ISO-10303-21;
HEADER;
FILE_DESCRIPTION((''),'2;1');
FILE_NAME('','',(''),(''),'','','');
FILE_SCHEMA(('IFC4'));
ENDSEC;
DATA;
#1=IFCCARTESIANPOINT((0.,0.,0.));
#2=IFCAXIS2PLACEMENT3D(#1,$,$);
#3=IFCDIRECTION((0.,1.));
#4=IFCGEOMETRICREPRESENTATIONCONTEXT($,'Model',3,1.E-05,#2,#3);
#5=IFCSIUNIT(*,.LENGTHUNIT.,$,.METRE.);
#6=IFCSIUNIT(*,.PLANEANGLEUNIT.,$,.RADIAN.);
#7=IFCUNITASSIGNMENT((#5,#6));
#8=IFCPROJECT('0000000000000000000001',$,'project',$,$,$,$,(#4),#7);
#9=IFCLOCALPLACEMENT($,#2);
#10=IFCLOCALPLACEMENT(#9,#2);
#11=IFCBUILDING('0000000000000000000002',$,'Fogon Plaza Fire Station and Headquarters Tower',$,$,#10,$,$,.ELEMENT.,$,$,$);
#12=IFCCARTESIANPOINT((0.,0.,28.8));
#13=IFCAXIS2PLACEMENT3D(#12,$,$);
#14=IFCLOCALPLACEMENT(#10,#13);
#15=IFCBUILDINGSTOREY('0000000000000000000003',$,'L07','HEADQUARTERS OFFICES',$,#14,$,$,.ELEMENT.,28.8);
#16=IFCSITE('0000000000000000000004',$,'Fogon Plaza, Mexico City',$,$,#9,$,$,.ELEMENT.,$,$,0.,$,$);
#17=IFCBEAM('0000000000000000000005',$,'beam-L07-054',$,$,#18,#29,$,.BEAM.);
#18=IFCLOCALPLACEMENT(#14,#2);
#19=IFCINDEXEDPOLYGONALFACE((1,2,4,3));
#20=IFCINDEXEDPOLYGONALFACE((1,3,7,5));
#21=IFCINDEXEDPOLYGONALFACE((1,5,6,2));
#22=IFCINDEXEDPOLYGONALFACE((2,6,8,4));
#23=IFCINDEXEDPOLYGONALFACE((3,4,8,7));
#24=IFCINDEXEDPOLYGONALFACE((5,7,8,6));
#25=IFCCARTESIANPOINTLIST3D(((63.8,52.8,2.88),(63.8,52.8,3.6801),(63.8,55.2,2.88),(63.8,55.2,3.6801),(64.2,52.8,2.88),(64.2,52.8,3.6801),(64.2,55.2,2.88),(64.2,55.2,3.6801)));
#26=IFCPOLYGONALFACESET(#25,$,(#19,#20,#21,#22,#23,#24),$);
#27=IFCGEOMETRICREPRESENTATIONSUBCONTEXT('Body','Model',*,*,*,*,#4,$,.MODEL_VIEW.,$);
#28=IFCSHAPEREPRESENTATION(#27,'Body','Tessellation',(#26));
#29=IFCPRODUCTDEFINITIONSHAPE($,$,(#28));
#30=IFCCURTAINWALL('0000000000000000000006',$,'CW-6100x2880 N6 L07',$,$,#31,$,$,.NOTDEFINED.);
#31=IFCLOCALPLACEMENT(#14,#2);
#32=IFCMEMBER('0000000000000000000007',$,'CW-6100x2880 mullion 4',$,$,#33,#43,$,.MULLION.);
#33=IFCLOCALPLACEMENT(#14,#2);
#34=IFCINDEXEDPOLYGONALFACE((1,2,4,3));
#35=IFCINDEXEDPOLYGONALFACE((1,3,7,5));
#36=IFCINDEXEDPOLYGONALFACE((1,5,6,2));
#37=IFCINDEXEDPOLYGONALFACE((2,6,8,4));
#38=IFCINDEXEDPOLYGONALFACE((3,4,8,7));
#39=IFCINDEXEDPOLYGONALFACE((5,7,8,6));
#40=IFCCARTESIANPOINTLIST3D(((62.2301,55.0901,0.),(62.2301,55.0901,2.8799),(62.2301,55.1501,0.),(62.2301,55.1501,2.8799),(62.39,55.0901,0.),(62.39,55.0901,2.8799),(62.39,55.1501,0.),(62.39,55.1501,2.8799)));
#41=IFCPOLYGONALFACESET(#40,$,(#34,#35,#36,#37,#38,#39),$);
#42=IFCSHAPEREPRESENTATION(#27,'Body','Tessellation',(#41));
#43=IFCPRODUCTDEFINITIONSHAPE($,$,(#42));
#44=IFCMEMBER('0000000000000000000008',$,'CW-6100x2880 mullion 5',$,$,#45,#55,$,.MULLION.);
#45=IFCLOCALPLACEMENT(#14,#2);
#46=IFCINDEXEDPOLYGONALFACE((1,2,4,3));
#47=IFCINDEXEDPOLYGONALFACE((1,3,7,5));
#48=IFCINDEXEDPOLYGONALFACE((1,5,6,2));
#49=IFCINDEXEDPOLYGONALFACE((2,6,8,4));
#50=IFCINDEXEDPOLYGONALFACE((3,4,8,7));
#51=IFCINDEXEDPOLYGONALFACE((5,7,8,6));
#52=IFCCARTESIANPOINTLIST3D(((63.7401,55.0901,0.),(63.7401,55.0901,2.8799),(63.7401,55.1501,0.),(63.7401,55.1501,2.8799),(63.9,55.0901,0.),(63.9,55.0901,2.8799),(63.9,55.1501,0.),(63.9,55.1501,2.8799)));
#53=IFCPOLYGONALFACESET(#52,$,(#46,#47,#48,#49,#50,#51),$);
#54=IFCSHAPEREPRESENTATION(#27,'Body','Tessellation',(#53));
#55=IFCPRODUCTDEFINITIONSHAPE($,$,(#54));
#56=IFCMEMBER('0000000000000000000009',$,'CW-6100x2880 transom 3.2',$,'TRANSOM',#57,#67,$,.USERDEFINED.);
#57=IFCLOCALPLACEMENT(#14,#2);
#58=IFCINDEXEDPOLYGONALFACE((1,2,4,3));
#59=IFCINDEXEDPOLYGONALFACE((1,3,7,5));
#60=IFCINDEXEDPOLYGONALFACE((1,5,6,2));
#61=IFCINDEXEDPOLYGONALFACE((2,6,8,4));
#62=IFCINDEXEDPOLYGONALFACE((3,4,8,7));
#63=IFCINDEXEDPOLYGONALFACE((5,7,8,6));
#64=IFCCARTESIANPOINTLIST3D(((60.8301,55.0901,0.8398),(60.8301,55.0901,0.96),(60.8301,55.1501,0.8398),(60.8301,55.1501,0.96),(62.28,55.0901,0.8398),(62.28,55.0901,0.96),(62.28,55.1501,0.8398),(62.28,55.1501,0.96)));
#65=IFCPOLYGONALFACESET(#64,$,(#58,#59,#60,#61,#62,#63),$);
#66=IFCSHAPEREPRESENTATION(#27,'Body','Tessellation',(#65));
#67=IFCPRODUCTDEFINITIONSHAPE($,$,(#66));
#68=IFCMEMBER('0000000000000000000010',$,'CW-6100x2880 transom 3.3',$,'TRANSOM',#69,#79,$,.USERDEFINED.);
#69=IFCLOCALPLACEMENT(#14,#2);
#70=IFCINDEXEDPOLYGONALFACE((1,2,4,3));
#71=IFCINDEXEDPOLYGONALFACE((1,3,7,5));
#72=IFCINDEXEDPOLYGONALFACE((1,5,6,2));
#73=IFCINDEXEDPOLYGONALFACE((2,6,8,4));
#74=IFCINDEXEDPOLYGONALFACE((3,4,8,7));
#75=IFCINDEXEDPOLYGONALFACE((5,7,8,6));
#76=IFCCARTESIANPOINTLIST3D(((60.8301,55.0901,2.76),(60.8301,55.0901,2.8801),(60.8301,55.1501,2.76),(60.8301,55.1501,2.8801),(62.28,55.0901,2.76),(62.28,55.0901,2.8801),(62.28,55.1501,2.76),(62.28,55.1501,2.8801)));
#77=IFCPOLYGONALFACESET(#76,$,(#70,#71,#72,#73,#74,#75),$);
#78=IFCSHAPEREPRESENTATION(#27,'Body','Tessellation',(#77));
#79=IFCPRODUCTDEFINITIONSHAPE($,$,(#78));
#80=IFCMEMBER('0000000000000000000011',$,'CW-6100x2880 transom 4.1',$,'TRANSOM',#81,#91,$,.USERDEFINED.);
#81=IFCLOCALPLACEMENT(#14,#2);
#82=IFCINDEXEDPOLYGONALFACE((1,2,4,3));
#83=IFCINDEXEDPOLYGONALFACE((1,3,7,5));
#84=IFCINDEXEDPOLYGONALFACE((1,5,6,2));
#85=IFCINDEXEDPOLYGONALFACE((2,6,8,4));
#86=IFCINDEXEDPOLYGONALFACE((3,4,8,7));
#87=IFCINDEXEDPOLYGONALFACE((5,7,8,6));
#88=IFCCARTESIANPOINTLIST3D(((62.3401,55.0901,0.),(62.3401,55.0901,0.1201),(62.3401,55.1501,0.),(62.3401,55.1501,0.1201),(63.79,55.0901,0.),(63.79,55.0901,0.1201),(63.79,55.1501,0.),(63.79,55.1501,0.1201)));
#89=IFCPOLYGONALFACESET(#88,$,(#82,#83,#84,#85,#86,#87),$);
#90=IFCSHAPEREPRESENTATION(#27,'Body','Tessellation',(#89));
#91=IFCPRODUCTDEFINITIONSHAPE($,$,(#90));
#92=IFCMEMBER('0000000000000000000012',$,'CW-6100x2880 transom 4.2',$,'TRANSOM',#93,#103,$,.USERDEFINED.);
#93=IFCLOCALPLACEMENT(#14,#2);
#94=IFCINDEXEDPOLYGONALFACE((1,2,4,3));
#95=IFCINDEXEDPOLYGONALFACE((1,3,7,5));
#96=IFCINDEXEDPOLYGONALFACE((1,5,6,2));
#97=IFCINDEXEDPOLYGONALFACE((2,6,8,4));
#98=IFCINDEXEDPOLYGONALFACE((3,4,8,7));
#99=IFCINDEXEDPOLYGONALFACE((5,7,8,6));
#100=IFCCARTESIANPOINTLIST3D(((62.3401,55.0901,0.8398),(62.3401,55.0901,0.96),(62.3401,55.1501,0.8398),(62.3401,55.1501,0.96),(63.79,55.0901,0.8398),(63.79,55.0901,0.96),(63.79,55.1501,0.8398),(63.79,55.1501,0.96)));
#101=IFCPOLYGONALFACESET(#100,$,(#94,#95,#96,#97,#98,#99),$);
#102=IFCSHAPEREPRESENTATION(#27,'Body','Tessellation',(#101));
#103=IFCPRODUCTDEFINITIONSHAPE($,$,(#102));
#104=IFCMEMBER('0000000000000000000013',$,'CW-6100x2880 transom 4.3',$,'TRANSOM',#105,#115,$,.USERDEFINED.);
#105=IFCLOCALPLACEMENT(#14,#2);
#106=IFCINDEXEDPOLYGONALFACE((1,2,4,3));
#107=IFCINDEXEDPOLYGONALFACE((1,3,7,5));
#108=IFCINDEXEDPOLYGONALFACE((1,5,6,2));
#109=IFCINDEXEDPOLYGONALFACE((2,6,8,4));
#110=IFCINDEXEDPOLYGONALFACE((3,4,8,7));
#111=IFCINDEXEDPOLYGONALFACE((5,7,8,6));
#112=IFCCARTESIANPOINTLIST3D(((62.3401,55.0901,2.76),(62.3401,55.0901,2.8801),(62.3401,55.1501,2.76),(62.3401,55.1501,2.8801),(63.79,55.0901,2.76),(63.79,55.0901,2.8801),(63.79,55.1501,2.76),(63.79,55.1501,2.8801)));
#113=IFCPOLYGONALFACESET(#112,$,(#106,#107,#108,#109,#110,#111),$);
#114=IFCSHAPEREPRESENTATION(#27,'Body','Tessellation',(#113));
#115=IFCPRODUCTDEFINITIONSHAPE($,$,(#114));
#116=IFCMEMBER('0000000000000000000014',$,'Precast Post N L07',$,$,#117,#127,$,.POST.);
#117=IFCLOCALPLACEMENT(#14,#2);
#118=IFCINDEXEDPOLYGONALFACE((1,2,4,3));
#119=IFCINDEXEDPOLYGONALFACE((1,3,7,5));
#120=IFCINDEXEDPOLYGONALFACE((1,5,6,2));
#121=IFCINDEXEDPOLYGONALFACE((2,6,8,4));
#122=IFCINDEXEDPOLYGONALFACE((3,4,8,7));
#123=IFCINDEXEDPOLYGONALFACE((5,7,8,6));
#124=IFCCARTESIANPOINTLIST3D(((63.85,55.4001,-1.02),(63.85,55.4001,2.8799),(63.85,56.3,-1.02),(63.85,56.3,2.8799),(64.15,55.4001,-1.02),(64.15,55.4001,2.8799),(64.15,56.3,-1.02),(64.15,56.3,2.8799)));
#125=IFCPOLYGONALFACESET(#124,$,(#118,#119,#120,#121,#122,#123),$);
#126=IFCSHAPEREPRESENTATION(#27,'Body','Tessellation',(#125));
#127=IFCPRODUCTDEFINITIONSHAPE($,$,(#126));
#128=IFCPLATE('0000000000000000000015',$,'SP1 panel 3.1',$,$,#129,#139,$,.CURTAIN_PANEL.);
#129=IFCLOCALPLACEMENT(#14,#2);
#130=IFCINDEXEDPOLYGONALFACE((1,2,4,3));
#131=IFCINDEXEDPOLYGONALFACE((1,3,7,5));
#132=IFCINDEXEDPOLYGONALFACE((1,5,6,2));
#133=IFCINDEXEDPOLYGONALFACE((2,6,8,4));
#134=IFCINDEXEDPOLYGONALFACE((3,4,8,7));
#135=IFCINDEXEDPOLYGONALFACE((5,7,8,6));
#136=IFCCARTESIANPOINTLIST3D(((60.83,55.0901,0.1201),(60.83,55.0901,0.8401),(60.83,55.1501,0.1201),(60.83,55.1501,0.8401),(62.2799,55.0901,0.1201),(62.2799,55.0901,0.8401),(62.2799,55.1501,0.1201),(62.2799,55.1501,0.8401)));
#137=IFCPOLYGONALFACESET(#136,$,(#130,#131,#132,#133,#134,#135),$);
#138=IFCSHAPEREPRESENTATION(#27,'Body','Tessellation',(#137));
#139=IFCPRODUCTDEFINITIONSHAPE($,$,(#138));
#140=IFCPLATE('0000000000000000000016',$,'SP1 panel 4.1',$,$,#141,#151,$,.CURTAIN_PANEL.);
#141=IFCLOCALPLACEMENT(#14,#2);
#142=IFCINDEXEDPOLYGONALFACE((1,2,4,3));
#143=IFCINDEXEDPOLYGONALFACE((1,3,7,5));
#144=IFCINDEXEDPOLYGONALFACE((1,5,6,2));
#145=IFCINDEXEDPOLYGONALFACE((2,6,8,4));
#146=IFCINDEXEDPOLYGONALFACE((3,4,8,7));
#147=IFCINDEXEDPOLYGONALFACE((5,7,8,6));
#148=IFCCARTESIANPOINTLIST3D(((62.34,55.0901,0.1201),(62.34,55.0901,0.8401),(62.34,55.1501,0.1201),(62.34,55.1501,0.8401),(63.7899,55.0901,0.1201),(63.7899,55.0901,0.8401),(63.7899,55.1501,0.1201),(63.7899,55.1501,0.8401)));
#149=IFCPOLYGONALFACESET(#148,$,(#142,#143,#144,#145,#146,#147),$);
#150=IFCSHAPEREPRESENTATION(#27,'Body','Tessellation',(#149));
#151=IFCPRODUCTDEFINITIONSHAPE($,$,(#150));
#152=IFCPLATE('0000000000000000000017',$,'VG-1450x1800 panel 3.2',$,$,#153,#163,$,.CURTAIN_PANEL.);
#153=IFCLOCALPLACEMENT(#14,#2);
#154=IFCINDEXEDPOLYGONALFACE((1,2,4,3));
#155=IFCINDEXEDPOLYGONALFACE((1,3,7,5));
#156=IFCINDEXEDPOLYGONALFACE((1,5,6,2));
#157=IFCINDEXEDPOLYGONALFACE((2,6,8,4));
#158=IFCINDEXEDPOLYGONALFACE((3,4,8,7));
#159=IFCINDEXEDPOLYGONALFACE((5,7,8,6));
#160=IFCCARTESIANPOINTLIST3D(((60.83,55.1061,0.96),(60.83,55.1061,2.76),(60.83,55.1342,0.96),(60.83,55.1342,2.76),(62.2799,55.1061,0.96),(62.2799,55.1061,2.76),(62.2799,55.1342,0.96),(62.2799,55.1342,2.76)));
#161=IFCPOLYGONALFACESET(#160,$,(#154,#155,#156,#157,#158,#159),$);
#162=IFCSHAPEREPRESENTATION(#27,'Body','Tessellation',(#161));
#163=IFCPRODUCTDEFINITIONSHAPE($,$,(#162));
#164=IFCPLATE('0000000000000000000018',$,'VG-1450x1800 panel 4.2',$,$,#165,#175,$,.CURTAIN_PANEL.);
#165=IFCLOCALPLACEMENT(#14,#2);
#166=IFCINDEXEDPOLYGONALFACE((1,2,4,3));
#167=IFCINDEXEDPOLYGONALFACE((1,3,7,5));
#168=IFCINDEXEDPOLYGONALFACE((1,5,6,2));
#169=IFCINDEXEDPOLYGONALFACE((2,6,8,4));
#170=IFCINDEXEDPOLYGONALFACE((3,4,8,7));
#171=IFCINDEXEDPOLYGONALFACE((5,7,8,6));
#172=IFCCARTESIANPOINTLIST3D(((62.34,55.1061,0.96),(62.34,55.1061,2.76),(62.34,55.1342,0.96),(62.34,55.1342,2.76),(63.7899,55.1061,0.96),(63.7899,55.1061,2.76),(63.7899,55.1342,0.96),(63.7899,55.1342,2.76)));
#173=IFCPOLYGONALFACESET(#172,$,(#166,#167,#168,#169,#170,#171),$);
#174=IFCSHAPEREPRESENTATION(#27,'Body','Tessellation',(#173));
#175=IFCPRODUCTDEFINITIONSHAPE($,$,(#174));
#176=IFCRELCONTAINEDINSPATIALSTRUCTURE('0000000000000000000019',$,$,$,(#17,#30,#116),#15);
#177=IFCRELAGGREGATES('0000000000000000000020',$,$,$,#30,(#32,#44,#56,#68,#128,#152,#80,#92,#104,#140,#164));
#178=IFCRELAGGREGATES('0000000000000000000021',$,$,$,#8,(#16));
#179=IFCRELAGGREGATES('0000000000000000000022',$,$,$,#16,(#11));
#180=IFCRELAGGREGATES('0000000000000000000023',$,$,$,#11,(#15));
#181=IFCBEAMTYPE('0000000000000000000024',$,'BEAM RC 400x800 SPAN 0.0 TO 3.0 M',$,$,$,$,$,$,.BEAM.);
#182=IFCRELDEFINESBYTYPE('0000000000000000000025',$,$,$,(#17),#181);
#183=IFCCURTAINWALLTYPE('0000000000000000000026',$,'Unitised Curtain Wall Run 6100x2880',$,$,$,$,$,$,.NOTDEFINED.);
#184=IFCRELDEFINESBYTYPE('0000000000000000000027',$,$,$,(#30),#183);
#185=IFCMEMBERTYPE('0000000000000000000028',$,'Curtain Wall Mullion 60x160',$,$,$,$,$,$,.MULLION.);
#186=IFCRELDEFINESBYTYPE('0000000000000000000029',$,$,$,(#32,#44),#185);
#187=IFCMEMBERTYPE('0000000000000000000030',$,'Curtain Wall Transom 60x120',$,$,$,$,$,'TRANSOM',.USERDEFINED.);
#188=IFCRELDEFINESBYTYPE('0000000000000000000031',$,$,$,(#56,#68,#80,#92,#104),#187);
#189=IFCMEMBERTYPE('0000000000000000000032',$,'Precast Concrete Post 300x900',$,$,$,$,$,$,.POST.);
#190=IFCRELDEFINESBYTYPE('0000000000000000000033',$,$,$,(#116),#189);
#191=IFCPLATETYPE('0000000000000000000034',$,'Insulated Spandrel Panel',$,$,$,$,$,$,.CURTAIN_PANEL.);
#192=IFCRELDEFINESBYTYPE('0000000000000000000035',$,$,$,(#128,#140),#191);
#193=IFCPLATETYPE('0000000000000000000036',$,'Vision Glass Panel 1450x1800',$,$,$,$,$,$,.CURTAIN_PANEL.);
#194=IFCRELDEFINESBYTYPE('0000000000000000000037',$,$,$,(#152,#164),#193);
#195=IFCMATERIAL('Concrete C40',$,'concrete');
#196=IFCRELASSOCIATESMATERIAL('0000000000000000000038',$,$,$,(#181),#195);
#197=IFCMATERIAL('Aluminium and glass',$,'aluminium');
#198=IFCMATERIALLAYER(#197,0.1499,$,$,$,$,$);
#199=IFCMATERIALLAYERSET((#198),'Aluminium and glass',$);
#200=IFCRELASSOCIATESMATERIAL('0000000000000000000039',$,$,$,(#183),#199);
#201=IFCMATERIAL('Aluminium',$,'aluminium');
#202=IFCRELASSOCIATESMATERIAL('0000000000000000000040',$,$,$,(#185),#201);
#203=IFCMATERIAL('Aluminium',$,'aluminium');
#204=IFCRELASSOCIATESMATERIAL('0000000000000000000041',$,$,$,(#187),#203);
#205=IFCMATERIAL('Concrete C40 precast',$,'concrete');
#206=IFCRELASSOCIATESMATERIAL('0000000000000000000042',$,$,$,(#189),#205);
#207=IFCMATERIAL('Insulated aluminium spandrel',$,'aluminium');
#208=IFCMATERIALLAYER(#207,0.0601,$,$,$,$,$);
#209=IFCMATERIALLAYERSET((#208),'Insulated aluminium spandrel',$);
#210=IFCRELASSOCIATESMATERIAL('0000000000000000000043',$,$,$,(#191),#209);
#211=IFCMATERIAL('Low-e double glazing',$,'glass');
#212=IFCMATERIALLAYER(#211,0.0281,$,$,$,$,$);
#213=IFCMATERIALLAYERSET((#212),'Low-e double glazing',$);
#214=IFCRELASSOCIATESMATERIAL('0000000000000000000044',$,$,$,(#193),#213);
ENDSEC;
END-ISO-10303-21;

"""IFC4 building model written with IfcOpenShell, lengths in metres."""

from ifc_helpers import new_model, si_unit, direction, frame, origin, origin_2d, place, context, subcontext, project, spatial, rectangle, extrude, material, layer, layer_set, material_profile, profile_set, type_object, element, aggregate, save


model = new_model("IFC4")

# Units and contexts
model_context = context("Model", 3, precision=1e-05, world=origin(), true_north=direction((0.0, 1.0)))
body_context = subcontext(model_context, "Body", "Model", "MODEL_VIEW")
ifc_project = project(units=[si_unit("LENGTHUNIT", "METRE"), si_unit("PLANEANGLEUNIT", "RADIAN")], contexts=[model_context])

# Site, building, storey
site_placement = place(None, origin())
site = spatial("IfcSite", under=ifc_project, at=site_placement, Name="Fogon Plaza, Mexico City", CompositionType="ELEMENT", RefElevation=0.0)
building_placement = place(site_placement, origin())
building = spatial("IfcBuilding", under=site, at=building_placement, Name="Fogon Plaza Fire Station and Headquarters Tower", CompositionType="ELEMENT")
storey_placement = place(building_placement, frame((0.0, 0.0, 28.8)))
storey = spatial("IfcBuildingStorey", under=building, at=storey_placement, Name="L07", Description="HEADQUARTERS OFFICES", CompositionType="ELEMENT", Elevation=28.8)

# Beam
ifc_material_1 = material(Name="Concrete C40", Category="concrete")
ifc_material_profile_1 = material_profile(ifc_material_1, rectangle(XDim=0.3999, YDim=0.8, at=origin_2d()), Name="RC 400x800")
ifc_profile_set_1 = profile_set([ifc_material_profile_1], Name="Concrete C40")
beam_type = type_object("IfcBeamType", Name="BEAM RC 400x800 SPAN 0.0 TO 3.0 M", PredefinedType="BEAM", material=ifc_profile_set_1)
beam_placement = place(storey_placement, frame((64.0, 52.8, 3.28), z_axis=(0.0, 1.0, 0.0), x_axis=(-1.0, 0.0, 0.0)))
element("IfcBeam", 1, at=beam_placement, inside=storey, type_object=beam_type, Name="beam-L07-054", PredefinedType="BEAM", context=body_context, shape_type="SweptSolid", body=[
    extrude(rectangle(XDim=0.3999, YDim=0.8, at=origin_2d()), origin(), (0.0, 0.0, 1.0), 2.3999),
])

# Curtain wall, members
ifc_material_2 = material(Name="Aluminium and glass", Category="aluminium")
ifc_layer_1 = layer(ifc_material_2, 0.1499)
ifc_layer_set_1 = layer_set([ifc_layer_1], Name="Aluminium and glass")
curtain_wall_type = type_object("IfcCurtainWallType", Name="Unitised Curtain Wall Run 6100x2880", PredefinedType="NOTDEFINED", material=ifc_layer_set_1)
curtain_wall_placement = place(storey_placement, origin())
curtain_wall = element("IfcCurtainWall", 2, at=curtain_wall_placement, inside=storey, type_object=curtain_wall_type, Name="CW-6100x2880 N6 L07", PredefinedType="NOTDEFINED")
ifc_material_3 = material(Name="Aluminium", Category="aluminium")
ifc_material_profile_2 = material_profile(ifc_material_3, rectangle(XDim=0.0601, YDim=0.1599, at=origin_2d()), Name="Curtain Wall Mullion 60x160")
ifc_profile_set_2 = profile_set([ifc_material_profile_2], Name="Aluminium")
member_type_1 = type_object("IfcMemberType", Name="Curtain Wall Mullion 60x160", PredefinedType="MULLION", material=ifc_profile_set_2)
member_1_placement = place(storey_placement, frame((62.3101, 55.1201, 0.0), z_axis=(0.0, 0.0, 1.0), x_axis=(0.0, 1.0, 0.0)))
member_1 = element("IfcMember", 3, at=member_1_placement, type_object=member_type_1, Name="CW-6100x2880 mullion 4", PredefinedType="MULLION", context=body_context, shape_type="SweptSolid", body=[
    extrude(rectangle(XDim=0.0601, YDim=0.1599, at=origin_2d()), origin(), (0.0, 0.0, 1.0), 2.8799),
])
member_2_placement = place(storey_placement, frame((63.8201, 55.1201, 0.0), z_axis=(0.0, 0.0, 1.0), x_axis=(0.0, 1.0, 0.0)))
member_2 = element("IfcMember", 4, at=member_2_placement, type_object=member_type_1, Name="CW-6100x2880 mullion 5", PredefinedType="MULLION", context=body_context, shape_type="SweptSolid", body=[
    extrude(rectangle(XDim=0.0601, YDim=0.1599, at=origin_2d()), origin(), (0.0, 0.0, 1.0), 2.8799),
])
ifc_material_4 = material(Name="Aluminium", Category="aluminium")
ifc_material_profile_3 = material_profile(ifc_material_4, rectangle(XDim=0.0601, YDim=0.1201, at=origin_2d()), Name="Curtain Wall Transom 60x120")
ifc_profile_set_3 = profile_set([ifc_material_profile_3], Name="Aluminium")
member_type_2 = type_object("IfcMemberType", Name="Curtain Wall Transom 60x120", ElementType="TRANSOM", PredefinedType="USERDEFINED", material=ifc_profile_set_3)
member_3_placement = place(storey_placement, frame((60.8301, 55.1201, 0.8999), z_axis=(1.0, 0.0, 0.0), x_axis=(0.0, 1.0, 0.0)))
member_3 = element("IfcMember", 5, at=member_3_placement, type_object=member_type_2, Name="CW-6100x2880 transom 3.2", ObjectType="TRANSOM", PredefinedType="USERDEFINED", context=body_context, shape_type="SweptSolid", body=[
    extrude(rectangle(XDim=0.0601, YDim=0.1201, at=origin_2d()), origin(), (0.0, 0.0, 1.0), 1.45),
])
member_4_placement = place(storey_placement, frame((60.8301, 55.1201, 2.8201), z_axis=(1.0, 0.0, 0.0), x_axis=(0.0, 1.0, 0.0)))
member_4 = element("IfcMember", 6, at=member_4_placement, type_object=member_type_2, Name="CW-6100x2880 transom 3.3", ObjectType="TRANSOM", PredefinedType="USERDEFINED", context=body_context, shape_type="SweptSolid", body=[
    extrude(rectangle(XDim=0.0601, YDim=0.1201, at=origin_2d()), origin(), (0.0, 0.0, 1.0), 1.45),
])
member_5_placement = place(storey_placement, frame((62.3401, 55.1201, 0.0601), z_axis=(1.0, 0.0, 0.0), x_axis=(0.0, 1.0, 0.0)))
member_5 = element("IfcMember", 7, at=member_5_placement, type_object=member_type_2, Name="CW-6100x2880 transom 4.1", ObjectType="TRANSOM", PredefinedType="USERDEFINED", context=body_context, shape_type="SweptSolid", body=[
    extrude(rectangle(XDim=0.0601, YDim=0.1201, at=origin_2d()), origin(), (0.0, 0.0, 1.0), 1.45),
])
member_6_placement = place(storey_placement, frame((62.3401, 55.1201, 0.8999), z_axis=(1.0, 0.0, 0.0), x_axis=(0.0, 1.0, 0.0)))
member_6 = element("IfcMember", 8, at=member_6_placement, type_object=member_type_2, Name="CW-6100x2880 transom 4.2", ObjectType="TRANSOM", PredefinedType="USERDEFINED", context=body_context, shape_type="SweptSolid", body=[
    extrude(rectangle(XDim=0.0601, YDim=0.1201, at=origin_2d()), origin(), (0.0, 0.0, 1.0), 1.45),
])
member_7_placement = place(storey_placement, frame((62.3401, 55.1201, 2.8201), z_axis=(1.0, 0.0, 0.0), x_axis=(0.0, 1.0, 0.0)))
member_7 = element("IfcMember", 9, at=member_7_placement, type_object=member_type_2, Name="CW-6100x2880 transom 4.3", ObjectType="TRANSOM", PredefinedType="USERDEFINED", context=body_context, shape_type="SweptSolid", body=[
    extrude(rectangle(XDim=0.0601, YDim=0.1201, at=origin_2d()), origin(), (0.0, 0.0, 1.0), 1.45),
])

# Member
ifc_material_5 = material(Name="Concrete C40 precast", Category="concrete")
ifc_material_profile_4 = material_profile(ifc_material_5, rectangle(XDim=0.3, YDim=0.8999, at=origin_2d()), Name="Precast Concrete Post 300x900")
ifc_profile_set_4 = profile_set([ifc_material_profile_4], Name="Concrete C40 precast")
member_type_3 = type_object("IfcMemberType", Name="Precast Concrete Post 300x900", PredefinedType="POST", material=ifc_profile_set_4)
member_8_placement = place(storey_placement, frame((64.0, 55.8501, -1.02), z_axis=(0.0, 0.0, 1.0), x_axis=(1.0, 0.0, 0.0)))
element("IfcMember", 10, at=member_8_placement, inside=storey, type_object=member_type_3, Name="Precast Post N L07", PredefinedType="POST", context=body_context, shape_type="SweptSolid", body=[
    extrude(rectangle(XDim=0.3, YDim=0.8999, at=origin_2d()), origin(), (0.0, 0.0, 1.0), 3.8999),
])

# Plates
ifc_material_6 = material(Name="Insulated aluminium spandrel", Category="aluminium")
ifc_layer_2 = layer(ifc_material_6, 0.0601)
ifc_layer_set_2 = layer_set([ifc_layer_2], Name="Insulated aluminium spandrel")
plate_type_1 = type_object("IfcPlateType", Name="Insulated Spandrel Panel", PredefinedType="CURTAIN_PANEL", material=ifc_layer_set_2)
plate_1_placement = place(storey_placement, frame((61.5549, 55.1201, 0.1201), z_axis=(0.0, 0.0, 1.0), x_axis=(1.0, 0.0, 0.0)))
plate_1 = element("IfcPlate", 11, at=plate_1_placement, type_object=plate_type_1, Name="SP1 panel 3.1", PredefinedType="CURTAIN_PANEL", context=body_context, shape_type="SweptSolid", body=[
    extrude(rectangle(XDim=1.45, YDim=0.0601, at=origin_2d()), origin(), (0.0, 0.0, 1.0), 0.72),
])
plate_2_placement = place(storey_placement, frame((63.0649, 55.1201, 0.1201), z_axis=(0.0, 0.0, 1.0), x_axis=(1.0, 0.0, 0.0)))
plate_2 = element("IfcPlate", 12, at=plate_2_placement, type_object=plate_type_1, Name="SP1 panel 4.1", PredefinedType="CURTAIN_PANEL", context=body_context, shape_type="SweptSolid", body=[
    extrude(rectangle(XDim=1.45, YDim=0.0601, at=origin_2d()), origin(), (0.0, 0.0, 1.0), 0.72),
])
ifc_material_7 = material(Name="Low-e double glazing", Category="glass")
ifc_layer_3 = layer(ifc_material_7, 0.0281)
ifc_layer_set_3 = layer_set([ifc_layer_3], Name="Low-e double glazing")
plate_type_2 = type_object("IfcPlateType", Name="Vision Glass Panel 1450x1800", PredefinedType="CURTAIN_PANEL", material=ifc_layer_set_3)
plate_3_placement = place(storey_placement, frame((61.5549, 55.1201, 0.96), z_axis=(0.0, 0.0, 1.0), x_axis=(1.0, 0.0, 0.0)))
plate_3 = element("IfcPlate", 13, at=plate_3_placement, type_object=plate_type_2, Name="VG-1450x1800 panel 3.2", PredefinedType="CURTAIN_PANEL", context=body_context, shape_type="SweptSolid", body=[
    extrude(rectangle(XDim=1.45, YDim=0.0281, at=origin_2d()), origin(), (0.0, 0.0, 1.0), 1.8),
])
plate_4_placement = place(storey_placement, frame((63.0649, 55.1201, 0.96), z_axis=(0.0, 0.0, 1.0), x_axis=(1.0, 0.0, 0.0)))
plate_4 = element("IfcPlate", 14, at=plate_4_placement, type_object=plate_type_2, Name="VG-1450x1800 panel 4.2", PredefinedType="CURTAIN_PANEL", context=body_context, shape_type="SweptSolid", body=[
    extrude(rectangle(XDim=1.45, YDim=0.0281, at=origin_2d()), origin(), (0.0, 0.0, 1.0), 1.8),
])
aggregate(curtain_wall, [member_1, member_2, member_3, member_4, plate_1, plate_3, member_5, member_6, member_7, plate_2, plate_4])

save(model, "model.ifc")
